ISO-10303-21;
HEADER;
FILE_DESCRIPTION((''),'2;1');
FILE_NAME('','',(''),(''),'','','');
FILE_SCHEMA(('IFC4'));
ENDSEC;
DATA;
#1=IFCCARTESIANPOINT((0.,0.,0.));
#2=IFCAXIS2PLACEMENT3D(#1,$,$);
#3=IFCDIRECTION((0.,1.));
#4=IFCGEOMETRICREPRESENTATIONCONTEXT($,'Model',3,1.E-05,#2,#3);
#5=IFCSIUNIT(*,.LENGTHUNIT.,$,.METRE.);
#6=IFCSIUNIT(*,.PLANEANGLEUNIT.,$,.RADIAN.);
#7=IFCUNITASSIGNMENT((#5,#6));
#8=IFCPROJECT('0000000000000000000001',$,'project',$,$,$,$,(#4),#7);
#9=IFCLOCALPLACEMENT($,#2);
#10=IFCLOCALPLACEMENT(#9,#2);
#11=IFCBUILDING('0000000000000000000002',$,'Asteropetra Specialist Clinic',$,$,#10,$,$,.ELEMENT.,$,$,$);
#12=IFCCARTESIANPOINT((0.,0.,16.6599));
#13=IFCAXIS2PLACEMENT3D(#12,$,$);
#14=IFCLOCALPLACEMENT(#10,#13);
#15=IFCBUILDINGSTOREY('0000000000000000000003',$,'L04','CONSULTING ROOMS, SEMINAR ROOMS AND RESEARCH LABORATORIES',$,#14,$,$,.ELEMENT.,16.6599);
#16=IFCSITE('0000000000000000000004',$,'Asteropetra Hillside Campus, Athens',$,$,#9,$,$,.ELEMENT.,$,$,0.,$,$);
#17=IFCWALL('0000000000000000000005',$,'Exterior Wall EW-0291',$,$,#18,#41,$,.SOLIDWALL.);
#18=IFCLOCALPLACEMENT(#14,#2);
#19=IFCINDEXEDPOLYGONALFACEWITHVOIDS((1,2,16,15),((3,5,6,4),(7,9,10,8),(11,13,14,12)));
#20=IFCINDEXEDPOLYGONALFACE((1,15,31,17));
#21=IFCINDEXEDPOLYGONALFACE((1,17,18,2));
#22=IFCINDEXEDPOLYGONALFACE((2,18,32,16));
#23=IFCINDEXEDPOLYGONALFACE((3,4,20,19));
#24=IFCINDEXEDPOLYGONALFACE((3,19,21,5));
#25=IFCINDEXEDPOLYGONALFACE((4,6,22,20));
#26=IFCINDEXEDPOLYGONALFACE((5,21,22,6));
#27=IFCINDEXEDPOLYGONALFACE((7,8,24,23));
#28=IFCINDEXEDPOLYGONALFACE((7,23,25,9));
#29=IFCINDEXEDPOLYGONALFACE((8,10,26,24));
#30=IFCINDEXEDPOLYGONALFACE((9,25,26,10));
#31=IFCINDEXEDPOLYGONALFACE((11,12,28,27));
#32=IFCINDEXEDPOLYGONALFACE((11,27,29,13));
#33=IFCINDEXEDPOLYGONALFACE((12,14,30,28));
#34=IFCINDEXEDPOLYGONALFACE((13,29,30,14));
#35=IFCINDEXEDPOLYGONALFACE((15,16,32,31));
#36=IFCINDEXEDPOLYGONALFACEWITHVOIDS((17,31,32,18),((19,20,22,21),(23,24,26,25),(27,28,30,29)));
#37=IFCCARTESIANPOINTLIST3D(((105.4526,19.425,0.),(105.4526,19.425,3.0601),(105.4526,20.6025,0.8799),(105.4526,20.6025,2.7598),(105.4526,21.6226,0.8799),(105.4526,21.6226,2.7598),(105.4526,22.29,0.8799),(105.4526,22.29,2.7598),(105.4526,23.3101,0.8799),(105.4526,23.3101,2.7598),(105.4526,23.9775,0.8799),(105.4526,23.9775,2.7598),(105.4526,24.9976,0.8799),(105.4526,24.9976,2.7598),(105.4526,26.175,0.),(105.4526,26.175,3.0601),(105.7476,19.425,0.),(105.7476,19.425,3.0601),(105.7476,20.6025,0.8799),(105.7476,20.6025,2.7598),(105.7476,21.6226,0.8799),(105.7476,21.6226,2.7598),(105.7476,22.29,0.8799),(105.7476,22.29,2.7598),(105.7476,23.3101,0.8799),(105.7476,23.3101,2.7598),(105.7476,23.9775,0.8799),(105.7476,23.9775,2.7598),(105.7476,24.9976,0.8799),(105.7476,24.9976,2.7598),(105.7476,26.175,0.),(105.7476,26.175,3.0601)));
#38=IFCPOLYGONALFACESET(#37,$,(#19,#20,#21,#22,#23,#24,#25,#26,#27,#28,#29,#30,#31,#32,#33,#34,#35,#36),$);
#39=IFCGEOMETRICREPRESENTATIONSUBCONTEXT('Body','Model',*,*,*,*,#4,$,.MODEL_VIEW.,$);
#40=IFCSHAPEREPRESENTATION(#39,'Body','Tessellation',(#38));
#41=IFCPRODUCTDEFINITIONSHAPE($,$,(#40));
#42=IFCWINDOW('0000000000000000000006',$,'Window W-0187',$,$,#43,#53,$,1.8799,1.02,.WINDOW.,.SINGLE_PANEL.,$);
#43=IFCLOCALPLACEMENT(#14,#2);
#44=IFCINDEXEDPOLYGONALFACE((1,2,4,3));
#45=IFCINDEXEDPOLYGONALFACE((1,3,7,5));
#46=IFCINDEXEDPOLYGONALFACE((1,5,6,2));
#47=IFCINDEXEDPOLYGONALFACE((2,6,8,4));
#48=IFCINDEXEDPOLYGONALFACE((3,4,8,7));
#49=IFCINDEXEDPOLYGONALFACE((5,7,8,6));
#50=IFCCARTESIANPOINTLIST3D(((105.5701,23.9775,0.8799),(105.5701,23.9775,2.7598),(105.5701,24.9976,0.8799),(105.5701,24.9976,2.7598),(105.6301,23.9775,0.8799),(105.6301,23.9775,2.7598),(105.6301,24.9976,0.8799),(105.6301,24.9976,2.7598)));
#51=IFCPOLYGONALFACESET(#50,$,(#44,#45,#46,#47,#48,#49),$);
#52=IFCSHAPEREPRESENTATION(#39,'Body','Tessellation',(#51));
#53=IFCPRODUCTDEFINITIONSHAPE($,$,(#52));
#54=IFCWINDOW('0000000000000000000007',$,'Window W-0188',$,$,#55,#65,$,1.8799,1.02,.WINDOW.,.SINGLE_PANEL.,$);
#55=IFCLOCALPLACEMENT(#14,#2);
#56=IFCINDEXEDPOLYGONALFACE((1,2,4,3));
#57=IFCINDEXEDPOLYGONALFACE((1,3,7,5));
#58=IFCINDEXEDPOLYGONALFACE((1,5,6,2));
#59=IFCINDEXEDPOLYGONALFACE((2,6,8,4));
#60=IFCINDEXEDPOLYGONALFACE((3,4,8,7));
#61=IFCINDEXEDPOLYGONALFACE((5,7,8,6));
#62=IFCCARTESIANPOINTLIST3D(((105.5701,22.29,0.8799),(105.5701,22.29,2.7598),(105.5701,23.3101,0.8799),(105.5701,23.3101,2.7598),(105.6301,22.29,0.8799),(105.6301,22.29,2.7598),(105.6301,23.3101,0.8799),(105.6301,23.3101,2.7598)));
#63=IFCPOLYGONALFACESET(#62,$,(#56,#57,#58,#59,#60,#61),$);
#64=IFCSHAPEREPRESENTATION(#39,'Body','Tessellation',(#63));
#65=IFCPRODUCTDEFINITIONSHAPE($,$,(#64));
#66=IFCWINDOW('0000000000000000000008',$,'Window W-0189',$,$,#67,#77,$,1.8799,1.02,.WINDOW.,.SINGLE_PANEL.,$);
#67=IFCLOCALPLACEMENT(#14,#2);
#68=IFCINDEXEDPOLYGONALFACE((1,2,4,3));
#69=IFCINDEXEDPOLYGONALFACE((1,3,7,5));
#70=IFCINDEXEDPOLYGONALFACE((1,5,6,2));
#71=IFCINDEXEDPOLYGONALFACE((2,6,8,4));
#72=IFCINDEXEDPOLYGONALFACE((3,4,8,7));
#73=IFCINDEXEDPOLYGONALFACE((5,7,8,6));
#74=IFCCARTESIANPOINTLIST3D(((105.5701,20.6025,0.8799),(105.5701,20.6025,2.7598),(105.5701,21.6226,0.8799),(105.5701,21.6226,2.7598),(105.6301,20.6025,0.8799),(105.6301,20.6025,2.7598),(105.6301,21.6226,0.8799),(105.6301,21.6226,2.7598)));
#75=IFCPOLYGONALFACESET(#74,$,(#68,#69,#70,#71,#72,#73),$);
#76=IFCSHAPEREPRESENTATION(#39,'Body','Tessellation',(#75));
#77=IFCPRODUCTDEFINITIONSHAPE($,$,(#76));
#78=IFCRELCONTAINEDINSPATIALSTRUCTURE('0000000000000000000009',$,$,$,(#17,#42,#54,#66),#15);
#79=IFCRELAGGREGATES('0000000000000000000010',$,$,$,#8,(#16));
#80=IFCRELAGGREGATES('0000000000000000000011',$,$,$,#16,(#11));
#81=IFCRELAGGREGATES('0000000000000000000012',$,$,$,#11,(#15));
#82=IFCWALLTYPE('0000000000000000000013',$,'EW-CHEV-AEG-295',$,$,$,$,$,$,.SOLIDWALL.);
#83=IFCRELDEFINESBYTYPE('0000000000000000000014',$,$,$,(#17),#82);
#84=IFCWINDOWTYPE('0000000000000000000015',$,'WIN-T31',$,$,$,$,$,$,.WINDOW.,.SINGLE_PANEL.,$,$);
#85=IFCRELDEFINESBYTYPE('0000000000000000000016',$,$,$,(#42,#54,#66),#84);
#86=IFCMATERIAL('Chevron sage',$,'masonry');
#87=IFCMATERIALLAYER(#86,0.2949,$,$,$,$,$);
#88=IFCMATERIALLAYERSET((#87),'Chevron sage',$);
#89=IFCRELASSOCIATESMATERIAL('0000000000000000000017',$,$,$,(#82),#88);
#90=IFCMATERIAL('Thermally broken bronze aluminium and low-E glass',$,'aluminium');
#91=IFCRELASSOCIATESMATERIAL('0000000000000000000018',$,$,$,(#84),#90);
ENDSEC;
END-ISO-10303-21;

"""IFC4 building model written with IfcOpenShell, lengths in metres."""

from ifc_helpers import new_model, si_unit, direction, frame, frame_2d, origin, place, context, subcontext, project, spatial, rectangle, extrude, material, layer, layer_set, type_object, element, fill, save


model = new_model("IFC4")

# Units and contexts
model_context = context("Model", 3, precision=1e-05, world=origin(), true_north=direction((0.0, 1.0)))
body_context = subcontext(model_context, "Body", "Model", "MODEL_VIEW")
ifc_project = project(units=[si_unit("LENGTHUNIT", "METRE"), si_unit("PLANEANGLEUNIT", "RADIAN")], contexts=[model_context])

# Site, building, storey
site_placement = place(None, origin())
site = spatial("IfcSite", under=ifc_project, at=site_placement, Name="Asteropetra Hillside Campus, Athens", CompositionType="ELEMENT", RefElevation=0.0)
building_placement = place(site_placement, origin())
building = spatial("IfcBuilding", under=site, at=building_placement, Name="Asteropetra Specialist Clinic", CompositionType="ELEMENT")
storey_placement = place(building_placement, frame((0.0, 0.0, 16.6599)))
storey = spatial("IfcBuildingStorey", under=building, at=storey_placement, Name="L04", Description="CONSULTING ROOMS, SEMINAR ROOMS AND RESEARCH LABORATORIES", CompositionType="ELEMENT", Elevation=16.6599)

# Wall, openings, windows
ifc_material_1 = material(Name="Chevron sage", Category="masonry")
ifc_layer = layer(ifc_material_1, 0.2949)
ifc_layer_set = layer_set([ifc_layer], Name="Chevron sage")
wall_type = type_object("IfcWallType", Name="EW-CHEV-AEG-295", PredefinedType="SOLIDWALL", material=ifc_layer_set)
wall_placement = place(storey_placement, frame((105.6001, 26.175, 0.0), z_axis=(0.0, 0.0, 1.0), x_axis=(0.0, -1.0, 0.0)))
wall = element("IfcWall", 1, at=wall_placement, inside=storey, type_object=wall_type, Name="Exterior Wall EW-0291", PredefinedType="SOLIDWALL", context=body_context, shape_type="SweptSolid", body=[
    extrude(rectangle(XDim=6.75, YDim=0.2949, at=frame_2d((3.375, 0.0))), origin(), (0.0, 0.0, 1.0), 3.0601),
])
opening_1_placement = place(wall_placement, frame((1.1775, 0.0, 0.8799)))
opening_1 = element("IfcOpeningElement", 2, at=opening_1_placement, cuts=wall, PredefinedType="OPENING", context=body_context, shape_type="SweptSolid", body=[
    extrude(rectangle(XDim=1.02, YDim=1.8799, at=frame_2d((0.51, 0.9399))), frame((0.0, 0.1575, 0.0), z_axis=(0.0, -1.0, 0.0), x_axis=(1.0, 0.0, 0.0)), (0.0, 0.0, 1.0), 0.3149),
])
opening_2_placement = place(wall_placement, frame((2.865, 0.0, 0.8799)))
opening_2 = element("IfcOpeningElement", 3, at=opening_2_placement, cuts=wall, PredefinedType="OPENING", context=body_context, shape_type="SweptSolid", body=[
    extrude(rectangle(XDim=1.02, YDim=1.8799, at=frame_2d((0.51, 0.9399))), frame((0.0, 0.1575, 0.0), z_axis=(0.0, -1.0, 0.0), x_axis=(1.0, 0.0, 0.0)), (0.0, 0.0, 1.0), 0.3149),
])
opening_3_placement = place(wall_placement, frame((4.5525, 0.0, 0.8799)))
opening_3 = element("IfcOpeningElement", 4, at=opening_3_placement, cuts=wall, PredefinedType="OPENING", context=body_context, shape_type="SweptSolid", body=[
    extrude(rectangle(XDim=1.02, YDim=1.8799, at=frame_2d((0.51, 0.9399))), frame((0.0, 0.1575, 0.0), z_axis=(0.0, -1.0, 0.0), x_axis=(1.0, 0.0, 0.0)), (0.0, 0.0, 1.0), 0.3149),
])
ifc_material_2 = material(Name="Thermally broken bronze aluminium and low-E glass", Category="aluminium")
window_type = type_object("IfcWindowType", Name="WIN-T31", PartitioningType="SINGLE_PANEL", PredefinedType="WINDOW", material=ifc_material_2)
window_1_placement = place(opening_1_placement, origin())
window_1 = element("IfcWindow", 5, at=window_1_placement, inside=storey, type_object=window_type, Name="Window W-0187", OverallHeight=1.8799, OverallWidth=1.02, PartitioningType="SINGLE_PANEL", PredefinedType="WINDOW", context=body_context, shape_type="SweptSolid", body=[
    extrude(rectangle(XDim=1.02, YDim=1.8799, at=frame_2d((0.51, 0.9399))), frame((0.0, 0.03, 0.0), z_axis=(0.0, -1.0, 0.0), x_axis=(1.0, 0.0, 0.0)), (0.0, 0.0, 1.0), 0.0601),
])
fill(opening_1, window_1)
window_2_placement = place(opening_2_placement, origin())
window_2 = element("IfcWindow", 6, at=window_2_placement, inside=storey, type_object=window_type, Name="Window W-0188", OverallHeight=1.8799, OverallWidth=1.02, PartitioningType="SINGLE_PANEL", PredefinedType="WINDOW", context=body_context, shape_type="SweptSolid", body=[
    extrude(rectangle(XDim=1.02, YDim=1.8799, at=frame_2d((0.51, 0.9399))), frame((0.0, 0.03, 0.0), z_axis=(0.0, -1.0, 0.0), x_axis=(1.0, 0.0, 0.0)), (0.0, 0.0, 1.0), 0.0601),
])
fill(opening_2, window_2)
window_3_placement = place(opening_3_placement, origin())
window_3 = element("IfcWindow", 7, at=window_3_placement, inside=storey, type_object=window_type, Name="Window W-0189", OverallHeight=1.8799, OverallWidth=1.02, PartitioningType="SINGLE_PANEL", PredefinedType="WINDOW", context=body_context, shape_type="SweptSolid", body=[
    extrude(rectangle(XDim=1.02, YDim=1.8799, at=frame_2d((0.51, 0.9399))), frame((0.0, 0.03, 0.0), z_axis=(0.0, -1.0, 0.0), x_axis=(1.0, 0.0, 0.0)), (0.0, 0.0, 1.0), 0.0601),
])
fill(opening_3, window_3)

save(model, "model.ifc")
